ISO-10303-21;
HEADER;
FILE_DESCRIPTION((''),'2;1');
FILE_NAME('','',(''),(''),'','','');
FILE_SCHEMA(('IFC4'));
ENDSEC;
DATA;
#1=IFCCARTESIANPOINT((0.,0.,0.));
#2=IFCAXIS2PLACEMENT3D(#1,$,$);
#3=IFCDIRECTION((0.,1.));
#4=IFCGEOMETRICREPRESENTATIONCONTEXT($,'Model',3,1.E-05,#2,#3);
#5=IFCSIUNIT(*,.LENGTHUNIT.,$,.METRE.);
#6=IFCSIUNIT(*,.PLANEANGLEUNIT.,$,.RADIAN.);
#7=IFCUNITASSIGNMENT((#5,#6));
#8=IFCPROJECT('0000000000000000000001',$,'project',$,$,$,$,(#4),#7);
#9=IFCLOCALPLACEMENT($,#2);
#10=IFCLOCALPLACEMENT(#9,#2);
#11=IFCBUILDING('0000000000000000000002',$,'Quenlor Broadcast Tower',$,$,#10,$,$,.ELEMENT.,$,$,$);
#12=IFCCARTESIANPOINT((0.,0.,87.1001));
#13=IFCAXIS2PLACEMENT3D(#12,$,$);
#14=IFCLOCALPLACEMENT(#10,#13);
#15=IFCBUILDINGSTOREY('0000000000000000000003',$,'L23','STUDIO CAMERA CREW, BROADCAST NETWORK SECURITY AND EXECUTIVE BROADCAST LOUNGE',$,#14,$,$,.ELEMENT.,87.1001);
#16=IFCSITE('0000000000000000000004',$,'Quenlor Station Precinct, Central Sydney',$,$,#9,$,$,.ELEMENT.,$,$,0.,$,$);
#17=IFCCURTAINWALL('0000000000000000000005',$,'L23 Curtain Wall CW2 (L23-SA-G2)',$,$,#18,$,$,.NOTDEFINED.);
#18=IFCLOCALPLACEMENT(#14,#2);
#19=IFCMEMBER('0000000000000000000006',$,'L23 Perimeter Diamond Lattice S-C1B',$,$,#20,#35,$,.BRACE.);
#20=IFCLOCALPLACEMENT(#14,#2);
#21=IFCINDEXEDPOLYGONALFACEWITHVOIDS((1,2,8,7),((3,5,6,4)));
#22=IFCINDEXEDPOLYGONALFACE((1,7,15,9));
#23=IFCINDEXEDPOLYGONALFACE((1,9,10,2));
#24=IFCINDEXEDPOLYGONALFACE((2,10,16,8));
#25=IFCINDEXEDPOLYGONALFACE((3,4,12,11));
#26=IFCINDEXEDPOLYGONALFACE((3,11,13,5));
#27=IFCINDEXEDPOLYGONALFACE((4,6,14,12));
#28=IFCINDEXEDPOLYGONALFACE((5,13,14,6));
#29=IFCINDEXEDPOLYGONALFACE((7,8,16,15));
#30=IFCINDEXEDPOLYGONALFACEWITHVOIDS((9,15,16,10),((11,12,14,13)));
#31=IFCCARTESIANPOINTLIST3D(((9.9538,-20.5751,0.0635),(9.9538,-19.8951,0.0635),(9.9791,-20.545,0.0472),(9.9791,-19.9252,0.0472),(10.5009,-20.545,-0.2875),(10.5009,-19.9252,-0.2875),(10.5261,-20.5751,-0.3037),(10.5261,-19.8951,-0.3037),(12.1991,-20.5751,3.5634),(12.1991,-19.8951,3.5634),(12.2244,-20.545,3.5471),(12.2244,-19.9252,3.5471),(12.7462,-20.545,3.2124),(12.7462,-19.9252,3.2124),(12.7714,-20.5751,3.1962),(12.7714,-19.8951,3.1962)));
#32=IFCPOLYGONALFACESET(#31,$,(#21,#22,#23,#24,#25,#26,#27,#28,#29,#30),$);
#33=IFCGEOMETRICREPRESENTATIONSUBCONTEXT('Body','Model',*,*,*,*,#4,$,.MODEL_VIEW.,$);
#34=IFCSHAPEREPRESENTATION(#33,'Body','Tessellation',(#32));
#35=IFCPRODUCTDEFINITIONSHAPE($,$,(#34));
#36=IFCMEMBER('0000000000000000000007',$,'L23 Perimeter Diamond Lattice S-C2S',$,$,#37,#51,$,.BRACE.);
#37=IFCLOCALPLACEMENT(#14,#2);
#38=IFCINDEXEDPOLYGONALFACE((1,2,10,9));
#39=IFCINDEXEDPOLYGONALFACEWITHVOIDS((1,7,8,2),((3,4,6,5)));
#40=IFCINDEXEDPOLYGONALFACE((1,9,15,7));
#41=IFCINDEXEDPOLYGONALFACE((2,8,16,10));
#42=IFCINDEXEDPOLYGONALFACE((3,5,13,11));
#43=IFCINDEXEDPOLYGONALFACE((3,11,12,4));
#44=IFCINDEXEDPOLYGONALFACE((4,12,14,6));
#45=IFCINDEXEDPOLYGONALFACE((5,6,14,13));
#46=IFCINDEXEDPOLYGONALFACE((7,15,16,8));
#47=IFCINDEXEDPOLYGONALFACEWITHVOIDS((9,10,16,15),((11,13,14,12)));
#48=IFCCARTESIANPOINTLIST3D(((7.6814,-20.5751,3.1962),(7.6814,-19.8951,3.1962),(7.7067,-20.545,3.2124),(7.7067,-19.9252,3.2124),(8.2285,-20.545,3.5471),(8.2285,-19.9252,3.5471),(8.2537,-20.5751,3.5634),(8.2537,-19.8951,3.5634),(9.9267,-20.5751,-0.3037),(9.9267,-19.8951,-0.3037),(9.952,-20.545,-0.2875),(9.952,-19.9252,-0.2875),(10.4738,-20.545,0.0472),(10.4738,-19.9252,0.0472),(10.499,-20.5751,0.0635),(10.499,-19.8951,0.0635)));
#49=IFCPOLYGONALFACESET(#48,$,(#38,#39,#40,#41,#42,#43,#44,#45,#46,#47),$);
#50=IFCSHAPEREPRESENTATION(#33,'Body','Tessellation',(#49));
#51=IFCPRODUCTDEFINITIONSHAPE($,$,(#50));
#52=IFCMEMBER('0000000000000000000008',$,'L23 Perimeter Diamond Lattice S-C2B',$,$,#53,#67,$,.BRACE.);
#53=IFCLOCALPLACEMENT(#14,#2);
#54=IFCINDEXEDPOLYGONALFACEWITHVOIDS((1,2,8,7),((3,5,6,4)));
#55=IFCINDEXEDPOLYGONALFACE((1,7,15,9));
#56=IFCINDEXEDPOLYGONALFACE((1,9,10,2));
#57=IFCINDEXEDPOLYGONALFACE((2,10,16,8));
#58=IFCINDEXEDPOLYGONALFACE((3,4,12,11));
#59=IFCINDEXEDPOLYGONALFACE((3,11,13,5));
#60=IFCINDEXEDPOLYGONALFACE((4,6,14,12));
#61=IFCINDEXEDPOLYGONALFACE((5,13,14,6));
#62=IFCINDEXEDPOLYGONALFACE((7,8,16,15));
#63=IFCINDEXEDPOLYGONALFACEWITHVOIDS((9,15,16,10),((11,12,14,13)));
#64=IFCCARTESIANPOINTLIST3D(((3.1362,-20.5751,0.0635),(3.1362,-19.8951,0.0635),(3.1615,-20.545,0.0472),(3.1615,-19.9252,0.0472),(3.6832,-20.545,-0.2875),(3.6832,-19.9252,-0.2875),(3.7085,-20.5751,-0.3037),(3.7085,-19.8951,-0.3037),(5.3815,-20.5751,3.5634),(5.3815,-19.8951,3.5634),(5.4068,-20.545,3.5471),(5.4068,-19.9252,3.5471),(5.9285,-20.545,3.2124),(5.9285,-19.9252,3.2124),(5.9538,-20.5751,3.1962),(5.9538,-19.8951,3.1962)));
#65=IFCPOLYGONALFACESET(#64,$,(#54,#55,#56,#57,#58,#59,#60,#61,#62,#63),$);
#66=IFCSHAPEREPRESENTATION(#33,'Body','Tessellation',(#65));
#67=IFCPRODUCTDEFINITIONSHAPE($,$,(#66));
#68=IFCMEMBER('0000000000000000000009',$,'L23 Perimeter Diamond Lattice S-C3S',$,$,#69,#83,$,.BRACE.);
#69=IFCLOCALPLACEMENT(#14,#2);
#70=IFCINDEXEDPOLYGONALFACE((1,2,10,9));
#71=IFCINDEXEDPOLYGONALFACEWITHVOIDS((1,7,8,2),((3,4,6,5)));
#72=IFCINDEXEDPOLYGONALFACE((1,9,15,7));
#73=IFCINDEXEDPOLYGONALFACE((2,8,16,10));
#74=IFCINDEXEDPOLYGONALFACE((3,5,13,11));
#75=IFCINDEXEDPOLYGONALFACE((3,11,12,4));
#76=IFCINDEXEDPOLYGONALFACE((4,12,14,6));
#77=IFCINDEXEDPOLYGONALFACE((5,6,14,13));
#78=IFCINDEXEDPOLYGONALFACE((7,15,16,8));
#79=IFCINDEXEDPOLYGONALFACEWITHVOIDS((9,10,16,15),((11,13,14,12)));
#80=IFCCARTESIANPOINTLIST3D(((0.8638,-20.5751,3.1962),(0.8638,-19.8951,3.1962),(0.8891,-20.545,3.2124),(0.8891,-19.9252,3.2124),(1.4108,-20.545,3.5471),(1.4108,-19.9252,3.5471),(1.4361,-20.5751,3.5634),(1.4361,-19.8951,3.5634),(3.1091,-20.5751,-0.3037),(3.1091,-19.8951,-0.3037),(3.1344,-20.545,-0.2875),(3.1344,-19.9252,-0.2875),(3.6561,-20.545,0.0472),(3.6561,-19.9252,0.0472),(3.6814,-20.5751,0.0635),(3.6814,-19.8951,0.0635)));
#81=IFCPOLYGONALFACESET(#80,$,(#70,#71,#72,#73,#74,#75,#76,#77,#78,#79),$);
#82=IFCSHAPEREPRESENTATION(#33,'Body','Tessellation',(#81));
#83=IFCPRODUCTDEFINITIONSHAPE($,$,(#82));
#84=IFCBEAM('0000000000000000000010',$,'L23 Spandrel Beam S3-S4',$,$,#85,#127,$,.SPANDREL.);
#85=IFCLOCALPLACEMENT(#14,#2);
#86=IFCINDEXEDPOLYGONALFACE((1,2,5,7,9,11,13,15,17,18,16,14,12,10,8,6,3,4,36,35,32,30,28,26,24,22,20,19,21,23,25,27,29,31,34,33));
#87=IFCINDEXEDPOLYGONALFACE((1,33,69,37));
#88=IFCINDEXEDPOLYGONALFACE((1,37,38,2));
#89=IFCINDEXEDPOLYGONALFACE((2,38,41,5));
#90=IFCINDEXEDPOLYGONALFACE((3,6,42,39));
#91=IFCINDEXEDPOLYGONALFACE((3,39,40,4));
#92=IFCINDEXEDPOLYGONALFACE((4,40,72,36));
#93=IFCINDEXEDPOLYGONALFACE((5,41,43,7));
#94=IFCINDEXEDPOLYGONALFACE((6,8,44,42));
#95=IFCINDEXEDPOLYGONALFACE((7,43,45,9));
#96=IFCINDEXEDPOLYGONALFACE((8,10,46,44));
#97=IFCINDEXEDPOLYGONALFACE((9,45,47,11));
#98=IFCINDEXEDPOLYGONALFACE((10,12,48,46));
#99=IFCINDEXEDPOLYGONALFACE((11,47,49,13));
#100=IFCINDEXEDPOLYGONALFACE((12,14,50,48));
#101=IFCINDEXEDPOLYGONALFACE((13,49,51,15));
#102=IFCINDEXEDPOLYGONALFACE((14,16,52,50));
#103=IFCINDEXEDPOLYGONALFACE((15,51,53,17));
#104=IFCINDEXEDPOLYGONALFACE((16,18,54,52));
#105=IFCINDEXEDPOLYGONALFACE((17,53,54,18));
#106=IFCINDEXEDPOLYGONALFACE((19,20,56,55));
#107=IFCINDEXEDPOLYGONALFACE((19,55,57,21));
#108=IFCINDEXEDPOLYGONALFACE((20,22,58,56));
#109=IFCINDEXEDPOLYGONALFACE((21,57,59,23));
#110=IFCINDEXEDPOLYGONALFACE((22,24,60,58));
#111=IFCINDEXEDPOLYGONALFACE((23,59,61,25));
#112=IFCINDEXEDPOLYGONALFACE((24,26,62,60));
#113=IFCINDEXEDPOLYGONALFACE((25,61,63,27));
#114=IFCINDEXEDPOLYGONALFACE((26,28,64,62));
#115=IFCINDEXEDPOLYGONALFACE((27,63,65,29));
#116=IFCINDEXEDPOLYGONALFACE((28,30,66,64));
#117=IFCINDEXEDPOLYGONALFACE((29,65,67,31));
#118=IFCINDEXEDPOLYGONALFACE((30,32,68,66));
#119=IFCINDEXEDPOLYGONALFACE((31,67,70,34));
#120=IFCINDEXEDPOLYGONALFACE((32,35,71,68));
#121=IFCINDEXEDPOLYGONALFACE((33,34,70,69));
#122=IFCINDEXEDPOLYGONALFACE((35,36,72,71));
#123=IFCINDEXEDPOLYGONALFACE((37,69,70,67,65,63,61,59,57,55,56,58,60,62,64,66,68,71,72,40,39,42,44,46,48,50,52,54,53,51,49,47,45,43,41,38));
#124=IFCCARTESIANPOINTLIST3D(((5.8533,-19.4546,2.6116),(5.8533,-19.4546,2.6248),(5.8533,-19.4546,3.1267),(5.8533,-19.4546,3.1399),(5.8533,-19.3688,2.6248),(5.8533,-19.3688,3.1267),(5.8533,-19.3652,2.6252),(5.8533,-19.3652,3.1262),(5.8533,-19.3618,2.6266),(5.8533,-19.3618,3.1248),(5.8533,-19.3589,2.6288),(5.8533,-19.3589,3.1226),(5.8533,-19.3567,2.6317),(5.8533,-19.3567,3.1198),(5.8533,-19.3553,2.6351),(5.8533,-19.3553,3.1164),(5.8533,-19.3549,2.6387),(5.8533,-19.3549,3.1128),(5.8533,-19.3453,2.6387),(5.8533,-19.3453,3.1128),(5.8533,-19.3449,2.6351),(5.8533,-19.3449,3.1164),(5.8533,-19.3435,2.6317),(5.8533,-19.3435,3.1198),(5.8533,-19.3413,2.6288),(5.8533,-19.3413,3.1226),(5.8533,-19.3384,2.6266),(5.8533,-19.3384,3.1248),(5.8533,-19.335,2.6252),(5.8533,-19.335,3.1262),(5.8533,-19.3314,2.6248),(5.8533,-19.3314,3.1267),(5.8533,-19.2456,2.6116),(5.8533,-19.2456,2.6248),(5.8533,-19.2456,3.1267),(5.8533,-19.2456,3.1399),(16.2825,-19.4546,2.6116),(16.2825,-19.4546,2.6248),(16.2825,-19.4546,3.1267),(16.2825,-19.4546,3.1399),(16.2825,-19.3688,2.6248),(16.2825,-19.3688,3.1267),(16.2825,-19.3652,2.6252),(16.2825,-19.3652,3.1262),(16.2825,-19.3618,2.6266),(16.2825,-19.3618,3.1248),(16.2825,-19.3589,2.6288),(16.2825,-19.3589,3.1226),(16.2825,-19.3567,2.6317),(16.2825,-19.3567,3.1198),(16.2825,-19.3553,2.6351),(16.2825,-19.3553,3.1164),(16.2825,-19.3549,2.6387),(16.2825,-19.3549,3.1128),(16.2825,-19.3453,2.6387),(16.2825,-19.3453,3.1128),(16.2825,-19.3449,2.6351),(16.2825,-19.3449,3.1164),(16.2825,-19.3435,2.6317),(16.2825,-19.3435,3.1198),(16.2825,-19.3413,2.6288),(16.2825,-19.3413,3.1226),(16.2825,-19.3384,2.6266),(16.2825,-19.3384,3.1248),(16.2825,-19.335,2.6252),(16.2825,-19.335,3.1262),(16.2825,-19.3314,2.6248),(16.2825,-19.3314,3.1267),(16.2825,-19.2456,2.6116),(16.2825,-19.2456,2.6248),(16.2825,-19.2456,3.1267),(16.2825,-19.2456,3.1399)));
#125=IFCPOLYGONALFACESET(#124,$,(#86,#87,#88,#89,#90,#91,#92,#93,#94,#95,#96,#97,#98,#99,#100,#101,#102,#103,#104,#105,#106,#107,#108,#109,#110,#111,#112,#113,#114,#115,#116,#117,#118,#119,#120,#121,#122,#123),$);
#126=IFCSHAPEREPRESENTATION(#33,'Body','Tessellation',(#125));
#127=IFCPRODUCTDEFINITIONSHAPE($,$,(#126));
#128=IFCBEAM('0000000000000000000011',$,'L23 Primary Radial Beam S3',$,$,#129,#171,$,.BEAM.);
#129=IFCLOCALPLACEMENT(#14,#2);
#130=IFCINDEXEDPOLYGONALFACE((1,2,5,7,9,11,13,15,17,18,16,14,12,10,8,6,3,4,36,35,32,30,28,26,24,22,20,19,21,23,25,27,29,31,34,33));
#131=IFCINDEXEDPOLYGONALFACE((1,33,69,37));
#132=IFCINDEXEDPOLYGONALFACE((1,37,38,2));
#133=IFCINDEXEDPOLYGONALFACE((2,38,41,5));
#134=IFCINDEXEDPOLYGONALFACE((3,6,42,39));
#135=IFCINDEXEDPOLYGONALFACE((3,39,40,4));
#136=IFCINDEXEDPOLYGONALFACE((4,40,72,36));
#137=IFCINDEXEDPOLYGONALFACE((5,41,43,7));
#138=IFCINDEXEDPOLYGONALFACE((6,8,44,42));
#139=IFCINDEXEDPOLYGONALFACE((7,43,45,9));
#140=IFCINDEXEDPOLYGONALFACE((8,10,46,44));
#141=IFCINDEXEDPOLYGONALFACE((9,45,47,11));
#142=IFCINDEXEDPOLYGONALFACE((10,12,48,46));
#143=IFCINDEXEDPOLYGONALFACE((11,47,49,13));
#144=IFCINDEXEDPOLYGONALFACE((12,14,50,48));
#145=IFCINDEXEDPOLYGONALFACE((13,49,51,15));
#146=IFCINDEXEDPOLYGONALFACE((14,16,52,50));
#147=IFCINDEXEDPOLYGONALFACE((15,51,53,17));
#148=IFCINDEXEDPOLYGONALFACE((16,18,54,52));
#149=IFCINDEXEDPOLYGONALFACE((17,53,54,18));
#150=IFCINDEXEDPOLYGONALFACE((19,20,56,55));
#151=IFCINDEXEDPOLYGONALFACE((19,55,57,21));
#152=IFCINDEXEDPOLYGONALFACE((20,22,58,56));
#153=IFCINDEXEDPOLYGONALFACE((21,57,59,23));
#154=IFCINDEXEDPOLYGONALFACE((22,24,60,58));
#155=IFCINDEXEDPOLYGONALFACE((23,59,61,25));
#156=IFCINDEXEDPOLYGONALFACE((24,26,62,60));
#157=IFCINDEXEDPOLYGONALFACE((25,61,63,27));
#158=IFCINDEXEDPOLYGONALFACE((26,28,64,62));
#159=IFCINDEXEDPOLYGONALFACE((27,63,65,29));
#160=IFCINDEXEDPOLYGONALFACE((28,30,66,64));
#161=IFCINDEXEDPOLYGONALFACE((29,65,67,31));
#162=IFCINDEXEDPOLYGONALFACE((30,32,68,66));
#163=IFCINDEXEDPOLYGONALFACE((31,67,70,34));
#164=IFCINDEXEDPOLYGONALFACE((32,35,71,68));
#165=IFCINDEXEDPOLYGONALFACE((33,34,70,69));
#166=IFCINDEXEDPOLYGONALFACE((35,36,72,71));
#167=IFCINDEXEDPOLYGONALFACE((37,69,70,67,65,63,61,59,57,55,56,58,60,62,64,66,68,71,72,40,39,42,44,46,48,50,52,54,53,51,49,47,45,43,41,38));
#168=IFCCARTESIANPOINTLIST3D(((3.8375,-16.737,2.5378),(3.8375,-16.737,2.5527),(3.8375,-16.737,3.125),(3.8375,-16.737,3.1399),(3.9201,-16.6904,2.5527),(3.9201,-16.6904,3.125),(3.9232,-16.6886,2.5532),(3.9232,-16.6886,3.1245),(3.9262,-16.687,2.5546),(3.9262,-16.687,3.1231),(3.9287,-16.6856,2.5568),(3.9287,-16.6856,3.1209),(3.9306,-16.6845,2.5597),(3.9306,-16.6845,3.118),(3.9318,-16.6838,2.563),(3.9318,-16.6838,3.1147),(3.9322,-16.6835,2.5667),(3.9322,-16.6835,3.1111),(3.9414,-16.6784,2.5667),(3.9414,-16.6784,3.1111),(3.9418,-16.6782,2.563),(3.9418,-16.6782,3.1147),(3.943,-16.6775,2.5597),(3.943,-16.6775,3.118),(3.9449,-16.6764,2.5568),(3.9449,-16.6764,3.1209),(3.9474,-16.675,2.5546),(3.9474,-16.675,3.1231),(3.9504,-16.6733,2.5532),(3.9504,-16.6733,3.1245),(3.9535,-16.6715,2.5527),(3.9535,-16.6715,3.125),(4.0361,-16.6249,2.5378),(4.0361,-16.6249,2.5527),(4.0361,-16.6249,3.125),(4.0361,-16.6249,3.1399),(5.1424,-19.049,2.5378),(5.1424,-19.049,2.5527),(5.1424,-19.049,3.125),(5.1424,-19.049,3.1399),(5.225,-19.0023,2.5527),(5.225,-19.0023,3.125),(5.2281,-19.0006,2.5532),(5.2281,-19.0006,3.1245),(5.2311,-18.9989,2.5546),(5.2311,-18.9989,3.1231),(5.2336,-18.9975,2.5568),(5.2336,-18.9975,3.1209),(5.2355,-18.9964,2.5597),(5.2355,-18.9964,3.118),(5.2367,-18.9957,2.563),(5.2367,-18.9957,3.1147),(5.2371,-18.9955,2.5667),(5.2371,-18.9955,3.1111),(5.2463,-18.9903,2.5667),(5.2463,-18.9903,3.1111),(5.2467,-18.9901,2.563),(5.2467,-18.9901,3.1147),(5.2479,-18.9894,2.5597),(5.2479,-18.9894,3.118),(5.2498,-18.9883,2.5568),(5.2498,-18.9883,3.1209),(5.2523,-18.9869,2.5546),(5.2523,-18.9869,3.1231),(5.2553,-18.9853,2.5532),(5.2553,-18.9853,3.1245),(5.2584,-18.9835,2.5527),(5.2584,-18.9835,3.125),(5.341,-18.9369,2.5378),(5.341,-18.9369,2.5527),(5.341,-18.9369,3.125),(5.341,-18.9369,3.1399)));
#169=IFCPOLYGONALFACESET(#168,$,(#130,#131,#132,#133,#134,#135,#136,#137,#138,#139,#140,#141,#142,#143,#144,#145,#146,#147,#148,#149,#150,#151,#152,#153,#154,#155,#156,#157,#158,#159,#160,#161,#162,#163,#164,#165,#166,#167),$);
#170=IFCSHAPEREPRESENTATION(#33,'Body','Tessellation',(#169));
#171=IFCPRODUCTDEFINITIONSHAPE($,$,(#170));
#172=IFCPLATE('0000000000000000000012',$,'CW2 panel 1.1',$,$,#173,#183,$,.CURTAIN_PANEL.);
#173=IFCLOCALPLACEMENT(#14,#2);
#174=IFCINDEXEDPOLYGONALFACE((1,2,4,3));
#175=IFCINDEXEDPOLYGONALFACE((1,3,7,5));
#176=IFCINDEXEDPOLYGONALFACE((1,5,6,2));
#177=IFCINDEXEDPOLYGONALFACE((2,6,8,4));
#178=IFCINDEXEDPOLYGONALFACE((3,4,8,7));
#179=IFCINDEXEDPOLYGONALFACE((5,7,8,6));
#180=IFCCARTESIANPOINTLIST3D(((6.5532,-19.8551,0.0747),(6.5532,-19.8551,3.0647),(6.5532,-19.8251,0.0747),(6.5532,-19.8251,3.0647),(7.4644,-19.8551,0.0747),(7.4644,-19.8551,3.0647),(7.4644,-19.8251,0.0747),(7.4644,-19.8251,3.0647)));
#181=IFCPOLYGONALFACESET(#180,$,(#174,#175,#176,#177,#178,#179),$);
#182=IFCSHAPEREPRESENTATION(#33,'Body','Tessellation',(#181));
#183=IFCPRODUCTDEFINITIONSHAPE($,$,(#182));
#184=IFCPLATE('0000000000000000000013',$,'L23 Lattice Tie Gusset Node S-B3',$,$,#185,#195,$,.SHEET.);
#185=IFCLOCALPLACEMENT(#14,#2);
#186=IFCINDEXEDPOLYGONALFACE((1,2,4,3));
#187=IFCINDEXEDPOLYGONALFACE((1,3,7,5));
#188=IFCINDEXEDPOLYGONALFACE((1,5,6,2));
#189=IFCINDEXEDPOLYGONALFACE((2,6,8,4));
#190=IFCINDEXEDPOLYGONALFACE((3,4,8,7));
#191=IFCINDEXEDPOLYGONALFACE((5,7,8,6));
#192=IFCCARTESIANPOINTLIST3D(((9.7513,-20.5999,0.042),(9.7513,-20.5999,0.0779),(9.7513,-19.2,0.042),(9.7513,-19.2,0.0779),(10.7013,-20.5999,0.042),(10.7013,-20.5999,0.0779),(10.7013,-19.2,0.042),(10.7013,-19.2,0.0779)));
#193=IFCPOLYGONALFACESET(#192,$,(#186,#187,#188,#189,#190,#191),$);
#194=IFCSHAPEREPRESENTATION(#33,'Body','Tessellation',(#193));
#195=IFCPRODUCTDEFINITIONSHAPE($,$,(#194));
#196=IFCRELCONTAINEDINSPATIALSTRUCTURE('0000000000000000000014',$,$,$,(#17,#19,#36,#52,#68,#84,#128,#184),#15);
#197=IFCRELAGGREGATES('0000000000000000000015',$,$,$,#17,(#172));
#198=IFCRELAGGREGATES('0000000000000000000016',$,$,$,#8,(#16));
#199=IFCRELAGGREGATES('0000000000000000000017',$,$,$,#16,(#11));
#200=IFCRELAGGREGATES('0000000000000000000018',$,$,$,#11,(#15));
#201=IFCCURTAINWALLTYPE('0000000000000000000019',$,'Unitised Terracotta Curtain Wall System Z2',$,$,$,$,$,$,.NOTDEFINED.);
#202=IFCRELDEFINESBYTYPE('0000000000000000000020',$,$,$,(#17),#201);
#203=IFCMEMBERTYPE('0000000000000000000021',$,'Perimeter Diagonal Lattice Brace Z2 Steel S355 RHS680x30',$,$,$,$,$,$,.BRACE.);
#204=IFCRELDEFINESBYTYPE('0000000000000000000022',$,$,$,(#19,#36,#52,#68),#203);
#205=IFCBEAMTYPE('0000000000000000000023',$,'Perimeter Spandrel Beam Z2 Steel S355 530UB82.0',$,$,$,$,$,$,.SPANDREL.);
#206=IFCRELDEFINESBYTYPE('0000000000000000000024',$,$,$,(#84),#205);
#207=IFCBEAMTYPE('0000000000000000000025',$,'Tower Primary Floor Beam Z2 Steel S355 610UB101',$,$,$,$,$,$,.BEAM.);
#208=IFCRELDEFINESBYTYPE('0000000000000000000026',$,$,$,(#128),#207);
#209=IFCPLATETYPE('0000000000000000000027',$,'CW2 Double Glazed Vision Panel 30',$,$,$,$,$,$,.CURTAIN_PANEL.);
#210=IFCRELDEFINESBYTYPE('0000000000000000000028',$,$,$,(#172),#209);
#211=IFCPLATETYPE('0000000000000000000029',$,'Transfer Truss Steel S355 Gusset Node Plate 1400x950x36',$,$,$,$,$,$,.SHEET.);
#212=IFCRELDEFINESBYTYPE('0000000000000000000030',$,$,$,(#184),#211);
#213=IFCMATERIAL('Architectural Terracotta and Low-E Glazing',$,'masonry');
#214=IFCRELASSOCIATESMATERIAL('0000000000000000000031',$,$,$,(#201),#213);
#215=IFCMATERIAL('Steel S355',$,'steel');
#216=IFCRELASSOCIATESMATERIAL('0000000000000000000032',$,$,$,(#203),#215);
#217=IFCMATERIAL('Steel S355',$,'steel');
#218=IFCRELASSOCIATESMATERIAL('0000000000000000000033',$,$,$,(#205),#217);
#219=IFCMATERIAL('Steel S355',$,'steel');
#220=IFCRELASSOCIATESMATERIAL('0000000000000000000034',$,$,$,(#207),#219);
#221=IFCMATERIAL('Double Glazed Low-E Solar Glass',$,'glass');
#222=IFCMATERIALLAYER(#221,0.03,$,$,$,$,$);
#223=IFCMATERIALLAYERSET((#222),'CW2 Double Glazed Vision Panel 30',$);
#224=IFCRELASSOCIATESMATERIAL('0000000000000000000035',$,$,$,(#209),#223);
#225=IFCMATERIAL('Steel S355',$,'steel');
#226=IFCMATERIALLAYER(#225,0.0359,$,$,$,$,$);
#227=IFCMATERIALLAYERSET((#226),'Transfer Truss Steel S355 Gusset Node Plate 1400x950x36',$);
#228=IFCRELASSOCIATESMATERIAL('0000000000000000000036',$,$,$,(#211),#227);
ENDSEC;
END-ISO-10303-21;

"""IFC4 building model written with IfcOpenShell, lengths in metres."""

from ifc_helpers import new_model, si_unit, direction, frame, origin, origin_2d, place, context, subcontext, project, spatial, rectangle, hollow_rectangle, i_section, extrude, material, layer, layer_set, material_profile, profile_set, type_object, element, aggregate, save


model = new_model("IFC4")

# Units and contexts
model_context = context("Model", 3, precision=1e-05, world=origin(), true_north=direction((0.0, 1.0)))
body_context = subcontext(model_context, "Body", "Model", "MODEL_VIEW")
ifc_project = project(units=[si_unit("LENGTHUNIT", "METRE"), si_unit("PLANEANGLEUNIT", "RADIAN")], contexts=[model_context])

# Site, building, storey
site_placement = place(None, origin())
site = spatial("IfcSite", under=ifc_project, at=site_placement, Name="Quenlor Station Precinct, Central Sydney", CompositionType="ELEMENT", RefElevation=0.0)
building_placement = place(site_placement, origin())
building = spatial("IfcBuilding", under=site, at=building_placement, Name="Quenlor Broadcast Tower", CompositionType="ELEMENT")
storey_placement = place(building_placement, frame((0.0, 0.0, 87.1001)))
storey = spatial("IfcBuildingStorey", under=building, at=storey_placement, Name="L23", Description="STUDIO CAMERA CREW, BROADCAST NETWORK SECURITY AND EXECUTIVE BROADCAST LOUNGE", CompositionType="ELEMENT", Elevation=87.1001)

# Curtain wall
ifc_material_1 = material(Name="Architectural Terracotta and Low-E Glazing", Category="masonry")
curtain_wall_type = type_object("IfcCurtainWallType", Name="Unitised Terracotta Curtain Wall System Z2", PredefinedType="NOTDEFINED", material=ifc_material_1)
curtain_wall_1_placement = place(storey_placement, origin())
curtain_wall_1 = element("IfcCurtainWall", 1, at=curtain_wall_1_placement, inside=storey, type_object=curtain_wall_type, Name="L23 Curtain Wall CW2 (L23-SA-G2)", PredefinedType="NOTDEFINED")

# Members
ifc_material_2 = material(Name="Steel S355", Category="steel")
ifc_material_profile_1 = material_profile(ifc_material_2, hollow_rectangle(XDim=0.6799, YDim=0.6799, WallThickness=0.03, at=origin_2d()))
ifc_profile_set_1 = profile_set([ifc_material_profile_1], Name="Steel S355 RHS680x680x30")
member_type_1 = type_object("IfcMemberType", Name="Perimeter Diagonal Lattice Brace Z2 Steel S355 RHS680x30", PredefinedType="BRACE", material=ifc_profile_set_1)
for number, where, z_axis, x_axis, name in (
    (2, (10.24, -20.2351, -0.1201), (0.539968, 0.0, 0.841686), (0.0, 1.0, 0.0), "L23 Perimeter Diamond Lattice S-C1B"),
    (3, (10.2129, -20.2351, -0.1201), (-0.539968, 0.0, 0.841686), (0.0, -1.0, 0.0), "L23 Perimeter Diamond Lattice S-C2S"),
    (4, (3.4224, -20.2351, -0.1201), (0.539968, 0.0, 0.841686), (0.0, 1.0, 0.0), "L23 Perimeter Diamond Lattice S-C2B"),
    (5, (3.3953, -20.2351, -0.1201), (-0.539968, 0.0, 0.841686), (0.0, -1.0, 0.0), "L23 Perimeter Diamond Lattice S-C3S"),
):
    element("IfcMember", number, at=place(storey_placement, frame(where, z_axis=z_axis, x_axis=x_axis)), inside=storey, type_object=member_type_1, Name=name, PredefinedType="BRACE", context=body_context, shape_type="SweptSolid", body=[
        extrude(hollow_rectangle(XDim=0.6799, YDim=0.6799, WallThickness=0.03, at=origin_2d()), origin(), (0.0, 0.0, 1.0), 4.1582),
    ])

# Beams
ifc_material_3 = material(Name="Steel S355", Category="steel")
ifc_material_profile_2 = material_profile(ifc_material_3, i_section(OverallWidth=0.209, OverallDepth=0.5283, WebThickness=0.0095, FlangeThickness=0.0132, FilletRadius=0.0139, at=origin_2d()))
ifc_profile_set_2 = profile_set([ifc_material_profile_2], Name="Steel S355 530UB82.0")
beam_type_1 = type_object("IfcBeamType", Name="Perimeter Spandrel Beam Z2 Steel S355 530UB82.0", PredefinedType="SPANDREL", material=ifc_profile_set_2)
beam_1_placement = place(storey_placement, frame((5.8533, -19.3501, 2.8757), z_axis=(1.0, 0.0, 0.0), x_axis=(0.0, 1.0, 0.0)))
element("IfcBeam", 6, at=beam_1_placement, inside=storey, type_object=beam_type_1, Name="L23 Spandrel Beam S3-S4", PredefinedType="SPANDREL", context=body_context, shape_type="SweptSolid", body=[
    extrude(i_section(OverallWidth=0.209, OverallDepth=0.5283, WebThickness=0.0095, FlangeThickness=0.0132, FilletRadius=0.0139, at=origin_2d()), origin(), (0.0, 0.0, 1.0), 10.4292),
])
ifc_material_4 = material(Name="Steel S355", Category="steel")
ifc_material_profile_3 = material_profile(ifc_material_4, i_section(OverallWidth=0.228, OverallDepth=0.6021, WebThickness=0.0105, FlangeThickness=0.0149, FilletRadius=0.0139, at=origin_2d()))
ifc_profile_set_3 = profile_set([ifc_material_profile_3], Name="Steel S355 610UB101")
beam_type_2 = type_object("IfcBeamType", Name="Tower Primary Floor Beam Z2 Steel S355 610UB101", PredefinedType="BEAM", material=ifc_profile_set_3)
beam_2_placement = place(storey_placement, frame((5.2417, -18.9929, 2.8389), z_axis=(-0.491527, 0.870862, 0.0), x_axis=(-0.870862, -0.491527, 0.0)))
element("IfcBeam", 7, at=beam_2_placement, inside=storey, type_object=beam_type_2, Name="L23 Primary Radial Beam S3", PredefinedType="BEAM", context=body_context, shape_type="SweptSolid", body=[
    extrude(i_section(OverallWidth=0.228, OverallDepth=0.6021, WebThickness=0.0105, FlangeThickness=0.0149, FilletRadius=0.0139, at=origin_2d()), origin(), (0.0, 0.0, 1.0), 2.6548),
])

# Plate
ifc_material_5 = material(Name="Double Glazed Low-E Solar Glass", Category="glass")
ifc_layer_1 = layer(ifc_material_5, 0.03)
ifc_layer_set_1 = layer_set([ifc_layer_1], Name="CW2 Double Glazed Vision Panel 30")
plate_type_1 = type_object("IfcPlateType", Name="CW2 Double Glazed Vision Panel 30", PredefinedType="CURTAIN_PANEL", material=ifc_layer_set_1)
plate_placement = place(storey_placement, frame((7.0088, -19.8401, 0.0747), z_axis=(0.0, 0.0, 1.0), x_axis=(-1.0, 0.0, 0.0)))
plate = element("IfcPlate", 8, at=plate_placement, type_object=plate_type_1, Name="CW2 panel 1.1", PredefinedType="CURTAIN_PANEL", context=body_context, shape_type="SweptSolid", body=[
    extrude(rectangle(XDim=0.9111, YDim=0.03, at=origin_2d()), origin(), (0.0, 0.0, 1.0), 2.99),
])
aggregate(curtain_wall_1, [plate])

# Plate
ifc_material_6 = material(Name="Steel S355", Category="steel")
ifc_layer_2 = layer(ifc_material_6, 0.0359)
ifc_layer_set_2 = layer_set([ifc_layer_2], Name="Transfer Truss Steel S355 Gusset Node Plate 1400x950x36")
plate_type_2 = type_object("IfcPlateType", Name="Transfer Truss Steel S355 Gusset Node Plate 1400x950x36", PredefinedType="SHEET", material=ifc_layer_set_2)
for number, where, z_axis, x_axis, name in (
    (9, (10.2263, -19.8999, 0.042), (0.0, 0.0, 1.0), (0.0, -1.0, 0.0), "L23 Lattice Tie Gusset Node S-B3"),
):
    element("IfcPlate", number, at=place(storey_placement, frame(where, z_axis=z_axis, x_axis=x_axis)), inside=storey, type_object=plate_type_2, Name=name, PredefinedType="SHEET", context=body_context, shape_type="SweptSolid", body=[
        extrude(rectangle(XDim=1.3999, YDim=0.95, at=origin_2d()), origin(), (0.0, 0.0, 1.0), 0.0359),
    ])

save(model, "model.ifc")
